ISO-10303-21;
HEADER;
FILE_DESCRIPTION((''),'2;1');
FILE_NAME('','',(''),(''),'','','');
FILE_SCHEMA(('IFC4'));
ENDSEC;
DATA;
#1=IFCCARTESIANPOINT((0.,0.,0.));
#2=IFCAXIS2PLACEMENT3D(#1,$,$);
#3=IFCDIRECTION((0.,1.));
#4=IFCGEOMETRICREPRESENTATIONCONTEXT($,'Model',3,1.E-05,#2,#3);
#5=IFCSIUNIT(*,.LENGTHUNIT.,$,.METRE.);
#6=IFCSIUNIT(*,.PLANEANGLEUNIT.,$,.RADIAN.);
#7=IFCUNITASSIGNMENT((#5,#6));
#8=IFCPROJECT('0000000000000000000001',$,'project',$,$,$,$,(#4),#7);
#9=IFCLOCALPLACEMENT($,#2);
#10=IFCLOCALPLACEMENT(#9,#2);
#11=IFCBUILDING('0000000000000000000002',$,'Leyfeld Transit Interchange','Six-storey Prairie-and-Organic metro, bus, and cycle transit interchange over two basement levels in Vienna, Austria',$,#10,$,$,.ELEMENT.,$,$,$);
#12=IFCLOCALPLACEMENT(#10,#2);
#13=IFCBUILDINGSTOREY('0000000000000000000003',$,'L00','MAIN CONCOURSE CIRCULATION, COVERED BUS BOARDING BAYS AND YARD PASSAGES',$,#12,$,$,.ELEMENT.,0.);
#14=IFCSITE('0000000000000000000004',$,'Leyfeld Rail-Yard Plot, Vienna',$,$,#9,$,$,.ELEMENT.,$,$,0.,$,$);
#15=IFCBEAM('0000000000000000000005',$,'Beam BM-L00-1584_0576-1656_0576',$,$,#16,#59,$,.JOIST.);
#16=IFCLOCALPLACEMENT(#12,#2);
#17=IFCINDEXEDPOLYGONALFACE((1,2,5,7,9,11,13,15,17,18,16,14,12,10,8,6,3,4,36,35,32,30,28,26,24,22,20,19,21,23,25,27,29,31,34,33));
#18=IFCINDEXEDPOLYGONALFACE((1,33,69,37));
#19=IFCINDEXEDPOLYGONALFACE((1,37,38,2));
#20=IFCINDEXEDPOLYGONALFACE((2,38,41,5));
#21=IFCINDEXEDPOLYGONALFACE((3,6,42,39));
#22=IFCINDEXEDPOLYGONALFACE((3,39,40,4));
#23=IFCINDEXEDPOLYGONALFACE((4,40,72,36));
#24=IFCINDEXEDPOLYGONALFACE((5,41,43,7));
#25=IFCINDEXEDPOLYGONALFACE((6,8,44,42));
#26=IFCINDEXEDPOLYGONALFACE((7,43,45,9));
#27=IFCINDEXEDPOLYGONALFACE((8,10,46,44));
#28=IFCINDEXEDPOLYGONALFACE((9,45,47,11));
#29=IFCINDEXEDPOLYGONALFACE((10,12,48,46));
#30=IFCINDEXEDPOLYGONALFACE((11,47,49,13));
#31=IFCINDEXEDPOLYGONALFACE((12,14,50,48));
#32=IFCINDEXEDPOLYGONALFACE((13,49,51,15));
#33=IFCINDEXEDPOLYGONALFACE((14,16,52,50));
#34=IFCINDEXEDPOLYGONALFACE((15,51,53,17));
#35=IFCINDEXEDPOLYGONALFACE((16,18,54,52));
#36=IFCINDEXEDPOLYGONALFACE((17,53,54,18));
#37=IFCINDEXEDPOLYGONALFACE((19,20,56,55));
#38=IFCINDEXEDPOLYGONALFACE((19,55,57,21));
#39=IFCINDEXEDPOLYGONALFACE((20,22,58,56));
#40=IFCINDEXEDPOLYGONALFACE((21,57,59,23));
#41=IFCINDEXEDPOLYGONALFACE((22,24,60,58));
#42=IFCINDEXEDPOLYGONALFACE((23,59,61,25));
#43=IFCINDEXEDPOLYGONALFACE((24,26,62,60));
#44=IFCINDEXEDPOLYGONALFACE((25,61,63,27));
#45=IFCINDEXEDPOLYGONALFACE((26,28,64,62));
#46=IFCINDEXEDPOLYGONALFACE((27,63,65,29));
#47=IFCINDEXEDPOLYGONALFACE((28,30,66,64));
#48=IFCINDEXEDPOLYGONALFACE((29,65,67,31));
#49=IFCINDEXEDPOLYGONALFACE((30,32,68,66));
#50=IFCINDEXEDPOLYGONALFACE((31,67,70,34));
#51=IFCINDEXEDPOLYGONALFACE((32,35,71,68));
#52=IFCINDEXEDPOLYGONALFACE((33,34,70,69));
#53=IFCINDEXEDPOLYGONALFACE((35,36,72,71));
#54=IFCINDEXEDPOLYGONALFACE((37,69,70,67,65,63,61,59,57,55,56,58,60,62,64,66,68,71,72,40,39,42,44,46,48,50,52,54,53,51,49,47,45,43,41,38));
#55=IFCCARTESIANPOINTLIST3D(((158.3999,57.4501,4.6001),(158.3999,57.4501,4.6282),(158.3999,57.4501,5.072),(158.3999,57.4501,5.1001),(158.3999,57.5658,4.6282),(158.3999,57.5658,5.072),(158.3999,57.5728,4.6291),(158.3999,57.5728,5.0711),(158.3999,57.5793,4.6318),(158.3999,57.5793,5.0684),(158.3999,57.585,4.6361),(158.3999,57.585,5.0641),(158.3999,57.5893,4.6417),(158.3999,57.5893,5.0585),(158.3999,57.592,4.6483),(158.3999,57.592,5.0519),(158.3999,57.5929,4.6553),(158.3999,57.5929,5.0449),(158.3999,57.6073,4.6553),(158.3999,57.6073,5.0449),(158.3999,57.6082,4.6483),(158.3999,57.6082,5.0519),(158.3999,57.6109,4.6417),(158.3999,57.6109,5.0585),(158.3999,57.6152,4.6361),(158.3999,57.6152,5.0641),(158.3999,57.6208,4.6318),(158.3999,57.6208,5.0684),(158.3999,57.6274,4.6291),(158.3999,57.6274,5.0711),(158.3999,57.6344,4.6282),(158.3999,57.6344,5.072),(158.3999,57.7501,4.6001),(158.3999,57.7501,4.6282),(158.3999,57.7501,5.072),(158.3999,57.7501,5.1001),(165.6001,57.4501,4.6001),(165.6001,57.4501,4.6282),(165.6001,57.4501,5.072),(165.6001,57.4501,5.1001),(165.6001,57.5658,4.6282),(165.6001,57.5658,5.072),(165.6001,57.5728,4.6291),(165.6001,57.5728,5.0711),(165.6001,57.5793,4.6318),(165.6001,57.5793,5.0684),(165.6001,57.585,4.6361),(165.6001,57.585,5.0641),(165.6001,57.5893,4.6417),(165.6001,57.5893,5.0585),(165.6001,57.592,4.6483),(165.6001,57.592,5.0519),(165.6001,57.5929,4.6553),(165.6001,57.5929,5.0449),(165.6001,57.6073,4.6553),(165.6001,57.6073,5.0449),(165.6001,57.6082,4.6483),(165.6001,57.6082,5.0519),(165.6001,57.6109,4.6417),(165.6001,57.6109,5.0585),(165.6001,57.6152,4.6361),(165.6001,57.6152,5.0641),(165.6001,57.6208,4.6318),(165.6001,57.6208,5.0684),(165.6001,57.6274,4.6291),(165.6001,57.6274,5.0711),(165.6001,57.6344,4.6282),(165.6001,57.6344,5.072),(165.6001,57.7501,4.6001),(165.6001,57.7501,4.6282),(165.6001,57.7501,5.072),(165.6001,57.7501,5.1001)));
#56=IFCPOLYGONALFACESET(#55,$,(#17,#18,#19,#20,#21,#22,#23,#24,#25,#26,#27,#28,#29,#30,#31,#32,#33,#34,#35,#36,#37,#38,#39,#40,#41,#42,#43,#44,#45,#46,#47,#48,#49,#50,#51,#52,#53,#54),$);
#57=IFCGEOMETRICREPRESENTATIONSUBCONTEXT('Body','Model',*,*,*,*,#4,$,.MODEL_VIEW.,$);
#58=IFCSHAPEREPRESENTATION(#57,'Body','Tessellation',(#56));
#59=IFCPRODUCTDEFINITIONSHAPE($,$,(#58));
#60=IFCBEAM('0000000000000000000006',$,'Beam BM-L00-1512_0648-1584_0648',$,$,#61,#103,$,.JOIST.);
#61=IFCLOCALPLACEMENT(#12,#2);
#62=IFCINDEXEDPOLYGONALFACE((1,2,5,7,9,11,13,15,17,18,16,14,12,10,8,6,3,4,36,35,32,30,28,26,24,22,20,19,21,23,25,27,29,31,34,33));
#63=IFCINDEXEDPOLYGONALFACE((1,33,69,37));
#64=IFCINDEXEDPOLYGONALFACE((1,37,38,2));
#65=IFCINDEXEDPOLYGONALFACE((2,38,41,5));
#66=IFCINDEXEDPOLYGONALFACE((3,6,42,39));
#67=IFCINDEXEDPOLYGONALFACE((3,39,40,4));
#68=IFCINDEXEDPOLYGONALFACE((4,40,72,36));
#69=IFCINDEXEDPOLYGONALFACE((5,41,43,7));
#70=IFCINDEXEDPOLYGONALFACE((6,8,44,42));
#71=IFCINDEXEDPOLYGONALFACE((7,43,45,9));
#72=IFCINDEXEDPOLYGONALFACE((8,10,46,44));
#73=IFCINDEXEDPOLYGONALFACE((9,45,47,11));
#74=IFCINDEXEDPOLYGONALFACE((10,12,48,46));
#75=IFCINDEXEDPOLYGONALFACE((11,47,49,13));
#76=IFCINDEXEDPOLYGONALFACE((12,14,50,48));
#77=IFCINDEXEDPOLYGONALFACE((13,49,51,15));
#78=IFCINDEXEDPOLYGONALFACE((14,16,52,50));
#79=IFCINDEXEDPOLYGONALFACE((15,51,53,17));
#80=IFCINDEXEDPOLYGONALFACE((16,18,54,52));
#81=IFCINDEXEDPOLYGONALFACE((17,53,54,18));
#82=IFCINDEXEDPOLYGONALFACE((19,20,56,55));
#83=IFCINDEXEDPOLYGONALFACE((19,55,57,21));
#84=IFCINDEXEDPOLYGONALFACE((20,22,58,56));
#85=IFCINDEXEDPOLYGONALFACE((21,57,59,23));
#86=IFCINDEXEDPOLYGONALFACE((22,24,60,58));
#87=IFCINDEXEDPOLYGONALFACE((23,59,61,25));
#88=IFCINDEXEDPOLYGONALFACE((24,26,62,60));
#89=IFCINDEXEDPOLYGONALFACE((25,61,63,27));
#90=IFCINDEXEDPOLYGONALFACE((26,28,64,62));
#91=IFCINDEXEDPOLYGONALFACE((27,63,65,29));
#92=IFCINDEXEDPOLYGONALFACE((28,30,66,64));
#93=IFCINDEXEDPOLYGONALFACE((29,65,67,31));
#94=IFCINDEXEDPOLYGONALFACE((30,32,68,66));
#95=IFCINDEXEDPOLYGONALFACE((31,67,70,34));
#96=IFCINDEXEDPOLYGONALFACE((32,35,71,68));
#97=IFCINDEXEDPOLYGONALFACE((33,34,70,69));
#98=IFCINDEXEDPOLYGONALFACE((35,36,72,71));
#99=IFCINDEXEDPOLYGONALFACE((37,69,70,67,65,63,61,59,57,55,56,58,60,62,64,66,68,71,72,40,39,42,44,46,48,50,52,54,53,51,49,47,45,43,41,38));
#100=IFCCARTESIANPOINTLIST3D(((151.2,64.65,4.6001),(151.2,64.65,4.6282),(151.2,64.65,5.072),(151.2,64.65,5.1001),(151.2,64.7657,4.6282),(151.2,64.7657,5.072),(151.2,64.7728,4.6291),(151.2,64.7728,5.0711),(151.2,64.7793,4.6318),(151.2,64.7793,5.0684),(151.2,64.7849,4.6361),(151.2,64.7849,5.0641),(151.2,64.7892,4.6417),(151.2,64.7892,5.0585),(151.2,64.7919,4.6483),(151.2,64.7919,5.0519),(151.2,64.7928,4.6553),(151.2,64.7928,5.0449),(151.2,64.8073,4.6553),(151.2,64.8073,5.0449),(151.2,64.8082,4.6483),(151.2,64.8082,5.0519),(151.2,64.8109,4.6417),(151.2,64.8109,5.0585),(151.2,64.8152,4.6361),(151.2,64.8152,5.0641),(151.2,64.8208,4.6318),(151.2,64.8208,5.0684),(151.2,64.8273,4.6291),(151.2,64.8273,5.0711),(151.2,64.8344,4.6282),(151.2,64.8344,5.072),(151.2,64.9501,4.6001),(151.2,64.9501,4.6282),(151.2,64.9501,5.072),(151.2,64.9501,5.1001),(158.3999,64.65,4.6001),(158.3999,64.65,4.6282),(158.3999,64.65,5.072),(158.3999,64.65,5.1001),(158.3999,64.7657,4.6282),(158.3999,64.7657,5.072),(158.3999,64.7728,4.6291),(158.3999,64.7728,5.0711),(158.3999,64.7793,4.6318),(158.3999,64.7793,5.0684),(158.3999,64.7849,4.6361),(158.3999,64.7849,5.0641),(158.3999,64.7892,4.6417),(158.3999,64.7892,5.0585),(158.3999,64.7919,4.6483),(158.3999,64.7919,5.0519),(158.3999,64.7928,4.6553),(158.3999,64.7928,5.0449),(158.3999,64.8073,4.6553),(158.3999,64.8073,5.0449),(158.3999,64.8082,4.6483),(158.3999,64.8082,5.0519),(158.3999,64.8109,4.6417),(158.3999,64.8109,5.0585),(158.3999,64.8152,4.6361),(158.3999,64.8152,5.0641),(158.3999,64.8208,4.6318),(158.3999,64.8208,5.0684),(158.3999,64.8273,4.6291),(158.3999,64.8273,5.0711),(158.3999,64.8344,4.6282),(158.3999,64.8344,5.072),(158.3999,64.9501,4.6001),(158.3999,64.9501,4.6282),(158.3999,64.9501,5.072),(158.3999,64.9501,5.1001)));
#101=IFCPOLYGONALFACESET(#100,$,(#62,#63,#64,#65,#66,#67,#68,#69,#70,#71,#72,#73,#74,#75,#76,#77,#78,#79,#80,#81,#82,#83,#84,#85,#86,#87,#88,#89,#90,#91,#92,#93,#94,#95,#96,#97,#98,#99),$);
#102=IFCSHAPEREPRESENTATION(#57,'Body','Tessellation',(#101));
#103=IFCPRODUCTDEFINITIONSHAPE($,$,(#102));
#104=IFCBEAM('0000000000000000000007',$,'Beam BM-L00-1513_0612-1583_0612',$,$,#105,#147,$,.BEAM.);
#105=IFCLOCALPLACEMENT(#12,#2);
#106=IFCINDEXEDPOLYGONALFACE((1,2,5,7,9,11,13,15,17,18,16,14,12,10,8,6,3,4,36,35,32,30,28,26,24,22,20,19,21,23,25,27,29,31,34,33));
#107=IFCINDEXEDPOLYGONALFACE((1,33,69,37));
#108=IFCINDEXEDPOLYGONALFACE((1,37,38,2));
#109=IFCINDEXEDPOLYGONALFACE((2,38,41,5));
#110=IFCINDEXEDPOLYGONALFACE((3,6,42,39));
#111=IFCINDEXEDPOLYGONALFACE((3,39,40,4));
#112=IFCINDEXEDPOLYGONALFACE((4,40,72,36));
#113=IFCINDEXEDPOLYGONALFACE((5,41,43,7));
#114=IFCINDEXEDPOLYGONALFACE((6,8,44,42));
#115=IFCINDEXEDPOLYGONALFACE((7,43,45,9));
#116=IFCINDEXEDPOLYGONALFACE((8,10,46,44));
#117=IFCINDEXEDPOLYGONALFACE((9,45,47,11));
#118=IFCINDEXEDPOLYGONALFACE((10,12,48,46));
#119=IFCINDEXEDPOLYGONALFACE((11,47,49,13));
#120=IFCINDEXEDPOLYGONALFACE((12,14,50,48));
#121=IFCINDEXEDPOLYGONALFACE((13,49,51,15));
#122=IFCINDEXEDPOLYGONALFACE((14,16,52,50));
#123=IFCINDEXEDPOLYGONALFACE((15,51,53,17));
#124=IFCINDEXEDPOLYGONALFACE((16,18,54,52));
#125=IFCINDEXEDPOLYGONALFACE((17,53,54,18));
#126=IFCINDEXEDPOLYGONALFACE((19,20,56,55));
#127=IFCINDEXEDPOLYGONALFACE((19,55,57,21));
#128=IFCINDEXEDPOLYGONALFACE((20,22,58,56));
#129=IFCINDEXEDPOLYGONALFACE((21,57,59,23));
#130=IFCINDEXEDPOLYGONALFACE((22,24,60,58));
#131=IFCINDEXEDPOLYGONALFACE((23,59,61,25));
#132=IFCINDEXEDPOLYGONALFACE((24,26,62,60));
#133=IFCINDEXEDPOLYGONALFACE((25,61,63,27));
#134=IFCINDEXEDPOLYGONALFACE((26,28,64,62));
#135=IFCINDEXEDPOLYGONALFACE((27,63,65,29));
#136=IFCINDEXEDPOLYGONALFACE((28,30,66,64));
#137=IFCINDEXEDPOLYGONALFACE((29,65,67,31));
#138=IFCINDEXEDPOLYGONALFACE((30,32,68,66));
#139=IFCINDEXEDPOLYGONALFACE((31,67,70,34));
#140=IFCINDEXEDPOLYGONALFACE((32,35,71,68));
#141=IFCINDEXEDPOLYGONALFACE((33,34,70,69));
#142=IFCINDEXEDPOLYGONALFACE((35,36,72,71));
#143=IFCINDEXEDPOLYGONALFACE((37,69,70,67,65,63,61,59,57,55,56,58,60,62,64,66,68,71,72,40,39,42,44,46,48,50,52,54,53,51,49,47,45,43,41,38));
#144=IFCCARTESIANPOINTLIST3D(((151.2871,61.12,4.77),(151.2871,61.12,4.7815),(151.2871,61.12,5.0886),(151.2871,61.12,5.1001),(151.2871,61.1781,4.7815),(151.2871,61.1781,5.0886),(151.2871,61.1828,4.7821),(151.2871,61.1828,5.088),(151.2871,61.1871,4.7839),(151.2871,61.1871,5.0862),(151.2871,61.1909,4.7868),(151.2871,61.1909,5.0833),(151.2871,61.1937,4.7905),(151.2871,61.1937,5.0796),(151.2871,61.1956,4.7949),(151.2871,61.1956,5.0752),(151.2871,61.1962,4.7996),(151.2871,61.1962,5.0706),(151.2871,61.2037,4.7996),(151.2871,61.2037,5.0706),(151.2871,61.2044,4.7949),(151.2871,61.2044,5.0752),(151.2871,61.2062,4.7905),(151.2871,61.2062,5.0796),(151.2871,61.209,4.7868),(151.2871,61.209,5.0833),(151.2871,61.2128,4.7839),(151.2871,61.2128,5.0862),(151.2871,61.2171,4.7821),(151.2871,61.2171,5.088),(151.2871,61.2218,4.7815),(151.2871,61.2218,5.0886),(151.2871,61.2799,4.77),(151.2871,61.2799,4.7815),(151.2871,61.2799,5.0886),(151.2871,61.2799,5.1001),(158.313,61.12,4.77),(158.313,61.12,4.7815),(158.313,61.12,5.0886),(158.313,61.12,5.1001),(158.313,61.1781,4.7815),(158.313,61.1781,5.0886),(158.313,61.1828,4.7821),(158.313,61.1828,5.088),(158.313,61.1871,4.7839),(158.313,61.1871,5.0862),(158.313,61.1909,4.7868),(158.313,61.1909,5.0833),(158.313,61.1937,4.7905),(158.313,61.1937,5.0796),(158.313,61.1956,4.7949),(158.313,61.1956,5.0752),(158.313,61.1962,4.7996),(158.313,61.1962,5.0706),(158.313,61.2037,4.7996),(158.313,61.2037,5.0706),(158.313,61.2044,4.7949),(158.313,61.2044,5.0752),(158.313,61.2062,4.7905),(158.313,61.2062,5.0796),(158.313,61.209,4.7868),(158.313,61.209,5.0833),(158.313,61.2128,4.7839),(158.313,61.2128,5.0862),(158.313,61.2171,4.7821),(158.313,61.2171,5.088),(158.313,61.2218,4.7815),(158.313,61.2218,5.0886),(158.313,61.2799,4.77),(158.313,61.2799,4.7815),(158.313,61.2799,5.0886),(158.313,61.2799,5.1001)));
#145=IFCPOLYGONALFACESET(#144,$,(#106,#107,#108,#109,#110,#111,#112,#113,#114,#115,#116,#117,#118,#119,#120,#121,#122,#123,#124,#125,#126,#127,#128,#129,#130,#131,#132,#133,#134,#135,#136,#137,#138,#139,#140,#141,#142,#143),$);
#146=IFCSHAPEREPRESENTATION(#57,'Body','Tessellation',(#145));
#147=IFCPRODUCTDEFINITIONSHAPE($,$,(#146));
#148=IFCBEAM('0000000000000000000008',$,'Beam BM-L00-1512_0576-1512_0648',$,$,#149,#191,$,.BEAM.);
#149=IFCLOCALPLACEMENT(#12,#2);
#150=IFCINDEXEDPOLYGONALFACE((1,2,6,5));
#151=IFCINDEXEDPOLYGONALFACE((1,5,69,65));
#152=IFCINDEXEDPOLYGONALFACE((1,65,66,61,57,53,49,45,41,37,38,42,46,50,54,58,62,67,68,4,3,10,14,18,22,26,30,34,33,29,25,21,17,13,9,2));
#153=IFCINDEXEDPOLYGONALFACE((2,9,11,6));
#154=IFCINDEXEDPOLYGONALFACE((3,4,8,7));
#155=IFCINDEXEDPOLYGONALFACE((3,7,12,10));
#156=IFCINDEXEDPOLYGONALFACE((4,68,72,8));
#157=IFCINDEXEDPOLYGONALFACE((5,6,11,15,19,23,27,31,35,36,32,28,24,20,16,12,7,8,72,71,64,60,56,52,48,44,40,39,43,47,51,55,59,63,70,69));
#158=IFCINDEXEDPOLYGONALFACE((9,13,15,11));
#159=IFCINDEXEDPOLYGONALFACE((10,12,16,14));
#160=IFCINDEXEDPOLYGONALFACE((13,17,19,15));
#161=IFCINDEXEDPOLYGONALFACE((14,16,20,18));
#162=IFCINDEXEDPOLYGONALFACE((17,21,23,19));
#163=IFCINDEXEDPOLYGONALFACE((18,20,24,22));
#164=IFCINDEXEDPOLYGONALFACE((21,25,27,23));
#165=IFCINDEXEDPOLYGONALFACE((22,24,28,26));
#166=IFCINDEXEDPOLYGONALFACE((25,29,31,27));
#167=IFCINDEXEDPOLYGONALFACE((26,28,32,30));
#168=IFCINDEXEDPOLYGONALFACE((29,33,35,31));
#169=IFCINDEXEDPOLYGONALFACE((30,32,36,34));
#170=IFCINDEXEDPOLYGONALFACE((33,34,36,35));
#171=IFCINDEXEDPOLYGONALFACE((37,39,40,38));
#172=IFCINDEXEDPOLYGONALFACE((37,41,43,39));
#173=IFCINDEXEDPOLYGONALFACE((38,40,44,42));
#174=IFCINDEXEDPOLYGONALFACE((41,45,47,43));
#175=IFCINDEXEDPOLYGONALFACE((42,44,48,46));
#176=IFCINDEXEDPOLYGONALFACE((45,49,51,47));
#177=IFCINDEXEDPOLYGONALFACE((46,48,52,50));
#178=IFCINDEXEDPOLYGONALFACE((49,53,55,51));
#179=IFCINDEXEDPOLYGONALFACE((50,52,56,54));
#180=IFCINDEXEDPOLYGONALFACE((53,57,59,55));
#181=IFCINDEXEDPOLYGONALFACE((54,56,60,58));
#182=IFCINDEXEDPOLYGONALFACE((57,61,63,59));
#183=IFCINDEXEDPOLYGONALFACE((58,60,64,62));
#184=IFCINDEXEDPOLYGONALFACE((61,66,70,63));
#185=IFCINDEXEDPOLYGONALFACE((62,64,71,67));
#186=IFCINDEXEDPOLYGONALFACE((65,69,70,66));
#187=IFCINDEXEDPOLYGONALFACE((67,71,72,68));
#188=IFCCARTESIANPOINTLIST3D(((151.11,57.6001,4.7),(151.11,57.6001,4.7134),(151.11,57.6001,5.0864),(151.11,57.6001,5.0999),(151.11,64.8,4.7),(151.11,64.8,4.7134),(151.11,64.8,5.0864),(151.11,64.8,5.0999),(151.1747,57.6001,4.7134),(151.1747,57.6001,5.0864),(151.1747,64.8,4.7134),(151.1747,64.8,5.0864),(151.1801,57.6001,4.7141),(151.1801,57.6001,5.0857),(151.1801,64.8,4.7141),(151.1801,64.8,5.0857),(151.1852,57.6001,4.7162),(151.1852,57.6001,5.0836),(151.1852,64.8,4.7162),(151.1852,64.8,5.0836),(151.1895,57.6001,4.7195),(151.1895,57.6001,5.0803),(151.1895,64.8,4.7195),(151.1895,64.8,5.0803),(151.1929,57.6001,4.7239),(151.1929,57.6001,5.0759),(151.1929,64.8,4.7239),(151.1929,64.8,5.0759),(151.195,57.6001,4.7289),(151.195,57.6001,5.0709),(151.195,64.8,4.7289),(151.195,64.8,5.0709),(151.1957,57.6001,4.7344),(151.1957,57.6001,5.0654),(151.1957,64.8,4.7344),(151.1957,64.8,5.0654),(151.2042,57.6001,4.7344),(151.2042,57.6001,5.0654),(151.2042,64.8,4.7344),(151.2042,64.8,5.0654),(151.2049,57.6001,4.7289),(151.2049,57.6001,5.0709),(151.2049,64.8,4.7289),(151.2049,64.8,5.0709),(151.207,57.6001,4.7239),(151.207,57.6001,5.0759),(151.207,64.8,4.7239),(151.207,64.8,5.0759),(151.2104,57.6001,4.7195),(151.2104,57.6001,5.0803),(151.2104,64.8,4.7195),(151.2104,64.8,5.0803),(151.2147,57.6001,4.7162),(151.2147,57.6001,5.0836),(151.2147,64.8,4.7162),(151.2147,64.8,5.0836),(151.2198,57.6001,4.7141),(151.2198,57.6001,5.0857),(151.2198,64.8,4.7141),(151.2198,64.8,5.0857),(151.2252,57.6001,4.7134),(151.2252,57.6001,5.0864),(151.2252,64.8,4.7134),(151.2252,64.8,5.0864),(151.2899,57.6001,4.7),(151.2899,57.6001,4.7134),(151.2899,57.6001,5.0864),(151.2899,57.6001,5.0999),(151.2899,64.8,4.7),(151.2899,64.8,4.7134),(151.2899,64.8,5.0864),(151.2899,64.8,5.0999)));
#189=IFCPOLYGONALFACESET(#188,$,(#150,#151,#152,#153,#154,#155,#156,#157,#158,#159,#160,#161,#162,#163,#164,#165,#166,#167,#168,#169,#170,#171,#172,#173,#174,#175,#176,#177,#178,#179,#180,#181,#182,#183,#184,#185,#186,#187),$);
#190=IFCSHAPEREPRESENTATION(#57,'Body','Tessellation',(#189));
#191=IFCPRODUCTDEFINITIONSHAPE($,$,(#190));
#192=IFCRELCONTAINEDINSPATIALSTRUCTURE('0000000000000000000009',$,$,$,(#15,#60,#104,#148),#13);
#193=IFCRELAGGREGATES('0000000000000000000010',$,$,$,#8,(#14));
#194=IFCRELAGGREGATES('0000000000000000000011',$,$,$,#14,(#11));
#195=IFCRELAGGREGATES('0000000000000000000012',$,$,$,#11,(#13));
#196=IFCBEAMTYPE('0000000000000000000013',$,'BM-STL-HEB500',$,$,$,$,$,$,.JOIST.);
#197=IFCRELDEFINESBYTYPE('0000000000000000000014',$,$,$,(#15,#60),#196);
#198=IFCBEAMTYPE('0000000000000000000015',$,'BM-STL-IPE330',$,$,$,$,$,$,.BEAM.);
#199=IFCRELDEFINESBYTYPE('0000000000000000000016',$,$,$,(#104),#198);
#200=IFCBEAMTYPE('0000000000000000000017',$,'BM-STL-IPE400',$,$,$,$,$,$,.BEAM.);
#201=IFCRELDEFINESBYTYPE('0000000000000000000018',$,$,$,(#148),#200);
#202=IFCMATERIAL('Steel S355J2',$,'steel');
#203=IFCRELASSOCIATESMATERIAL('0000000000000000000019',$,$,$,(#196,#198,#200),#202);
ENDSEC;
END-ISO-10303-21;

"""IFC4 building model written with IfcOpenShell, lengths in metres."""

from ifc_helpers import new_model, si_unit, direction, frame, origin, origin_2d, place, context, subcontext, project, spatial, i_section, extrude, material, material_profile, profile_set, type_object, element, save


model = new_model("IFC4")

# Units and contexts
model_context = context("Model", 3, precision=1e-05, world=origin(), true_north=direction((0.0, 1.0)))
body_context = subcontext(model_context, "Body", "Model", "MODEL_VIEW")
ifc_project = project(units=[si_unit("LENGTHUNIT", "METRE"), si_unit("PLANEANGLEUNIT", "RADIAN")], contexts=[model_context])

# Site, building, storey
site_placement = place(None, origin())
site = spatial("IfcSite", under=ifc_project, at=site_placement, Name="Leyfeld Rail-Yard Plot, Vienna", CompositionType="ELEMENT", RefElevation=0.0)
building_placement = place(site_placement, origin())
building = spatial("IfcBuilding", under=site, at=building_placement, Name="Leyfeld Transit Interchange", Description="Six-storey Prairie-and-Organic metro, bus, and cycle transit interchange over two basement levels in Vienna, Austria", CompositionType="ELEMENT")
storey_placement = place(building_placement, origin())
storey = spatial("IfcBuildingStorey", under=building, at=storey_placement, Name="L00", Description="MAIN CONCOURSE CIRCULATION, COVERED BUS BOARDING BAYS AND YARD PASSAGES", CompositionType="ELEMENT", Elevation=0.0)

# Shared definitions
ifc_material_1 = material(Name="Steel S355J2", Category="steel")

# Beams
ifc_material_profile_1 = material_profile(ifc_material_1, i_section(OverallWidth=0.3, OverallDepth=0.5, WebThickness=0.0144, FlangeThickness=0.0281, FilletRadius=0.0271, at=origin_2d()), Name="HEB 500")
ifc_profile_set_1 = profile_set([ifc_material_profile_1], Name="Steel S355J2")
beam_type_1 = type_object("IfcBeamType", Name="BM-STL-HEB500", PredefinedType="JOIST", material=ifc_profile_set_1)
beam_1_placement = place(storey_placement, frame((158.3999, 57.6001, 4.8501), z_axis=(1.0, 0.0, 0.0), x_axis=(0.0, 1.0, 0.0)))
element("IfcBeam", 1, at=beam_1_placement, inside=storey, type_object=beam_type_1, Name="Beam BM-L00-1584_0576-1656_0576", PredefinedType="JOIST", context=body_context, shape_type="SweptSolid", body=[
    extrude(i_section(OverallWidth=0.3, OverallDepth=0.5, WebThickness=0.0144, FlangeThickness=0.0281, FilletRadius=0.0271, at=origin_2d()), origin(), (0.0, 0.0, 1.0), 7.2002),
])
beam_2_placement = place(storey_placement, frame((151.2, 64.8, 4.8501), z_axis=(1.0, 0.0, 0.0), x_axis=(0.0, 1.0, 0.0)))
element("IfcBeam", 2, at=beam_2_placement, inside=storey, type_object=beam_type_1, Name="Beam BM-L00-1512_0648-1584_0648", PredefinedType="JOIST", context=body_context, shape_type="SweptSolid", body=[
    extrude(i_section(OverallWidth=0.3, OverallDepth=0.5, WebThickness=0.0144, FlangeThickness=0.0281, FilletRadius=0.0271, at=origin_2d()), origin(), (0.0, 0.0, 1.0), 7.2),
])
ifc_material_profile_2 = material_profile(ifc_material_1, i_section(OverallWidth=0.1599, OverallDepth=0.3301, WebThickness=0.0076, FlangeThickness=0.0115, FilletRadius=0.0181, at=origin_2d()), Name="IPE 330")
ifc_profile_set_2 = profile_set([ifc_material_profile_2], Name="Steel S355J2")
beam_type_2 = type_object("IfcBeamType", Name="BM-STL-IPE330", PredefinedType="BEAM", material=ifc_profile_set_2)
beam_3_placement = place(storey_placement, frame((151.2871, 61.2, 4.9351), z_axis=(1.0, 0.0, 0.0), x_axis=(0.0, 1.0, 0.0)))
element("IfcBeam", 3, at=beam_3_placement, inside=storey, type_object=beam_type_2, Name="Beam BM-L00-1513_0612-1583_0612", PredefinedType="BEAM", context=body_context, shape_type="SweptSolid", body=[
    extrude(i_section(OverallWidth=0.1599, OverallDepth=0.3301, WebThickness=0.0076, FlangeThickness=0.0115, FilletRadius=0.0181, at=origin_2d()), origin(), (0.0, 0.0, 1.0), 7.0259),
])
ifc_material_profile_3 = material_profile(ifc_material_1, i_section(OverallWidth=0.1799, OverallDepth=0.3999, WebThickness=0.0085, FlangeThickness=0.0134, FilletRadius=0.021, at=origin_2d()), Name="IPE 400")
ifc_profile_set_3 = profile_set([ifc_material_profile_3], Name="Steel S355J2")
beam_type_3 = type_object("IfcBeamType", Name="BM-STL-IPE400", PredefinedType="BEAM", material=ifc_profile_set_3)
for number, where, z_axis, x_axis, name in (
    (4, (151.2, 57.6001, 4.8999), (0.0, 1.0, 0.0), (-1.0, 0.0, 0.0), "Beam BM-L00-1512_0576-1512_0648"),
):
    element("IfcBeam", number, at=place(storey_placement, frame(where, z_axis=z_axis, x_axis=x_axis)), inside=storey, type_object=beam_type_3, Name=name, PredefinedType="BEAM", context=body_context, shape_type="SweptSolid", body=[
        extrude(i_section(OverallWidth=0.1799, OverallDepth=0.3999, WebThickness=0.0085, FlangeThickness=0.0134, FilletRadius=0.021, at=origin_2d()), origin(), (0.0, 0.0, 1.0), 7.2),
    ])

save(model, "model.ifc")
